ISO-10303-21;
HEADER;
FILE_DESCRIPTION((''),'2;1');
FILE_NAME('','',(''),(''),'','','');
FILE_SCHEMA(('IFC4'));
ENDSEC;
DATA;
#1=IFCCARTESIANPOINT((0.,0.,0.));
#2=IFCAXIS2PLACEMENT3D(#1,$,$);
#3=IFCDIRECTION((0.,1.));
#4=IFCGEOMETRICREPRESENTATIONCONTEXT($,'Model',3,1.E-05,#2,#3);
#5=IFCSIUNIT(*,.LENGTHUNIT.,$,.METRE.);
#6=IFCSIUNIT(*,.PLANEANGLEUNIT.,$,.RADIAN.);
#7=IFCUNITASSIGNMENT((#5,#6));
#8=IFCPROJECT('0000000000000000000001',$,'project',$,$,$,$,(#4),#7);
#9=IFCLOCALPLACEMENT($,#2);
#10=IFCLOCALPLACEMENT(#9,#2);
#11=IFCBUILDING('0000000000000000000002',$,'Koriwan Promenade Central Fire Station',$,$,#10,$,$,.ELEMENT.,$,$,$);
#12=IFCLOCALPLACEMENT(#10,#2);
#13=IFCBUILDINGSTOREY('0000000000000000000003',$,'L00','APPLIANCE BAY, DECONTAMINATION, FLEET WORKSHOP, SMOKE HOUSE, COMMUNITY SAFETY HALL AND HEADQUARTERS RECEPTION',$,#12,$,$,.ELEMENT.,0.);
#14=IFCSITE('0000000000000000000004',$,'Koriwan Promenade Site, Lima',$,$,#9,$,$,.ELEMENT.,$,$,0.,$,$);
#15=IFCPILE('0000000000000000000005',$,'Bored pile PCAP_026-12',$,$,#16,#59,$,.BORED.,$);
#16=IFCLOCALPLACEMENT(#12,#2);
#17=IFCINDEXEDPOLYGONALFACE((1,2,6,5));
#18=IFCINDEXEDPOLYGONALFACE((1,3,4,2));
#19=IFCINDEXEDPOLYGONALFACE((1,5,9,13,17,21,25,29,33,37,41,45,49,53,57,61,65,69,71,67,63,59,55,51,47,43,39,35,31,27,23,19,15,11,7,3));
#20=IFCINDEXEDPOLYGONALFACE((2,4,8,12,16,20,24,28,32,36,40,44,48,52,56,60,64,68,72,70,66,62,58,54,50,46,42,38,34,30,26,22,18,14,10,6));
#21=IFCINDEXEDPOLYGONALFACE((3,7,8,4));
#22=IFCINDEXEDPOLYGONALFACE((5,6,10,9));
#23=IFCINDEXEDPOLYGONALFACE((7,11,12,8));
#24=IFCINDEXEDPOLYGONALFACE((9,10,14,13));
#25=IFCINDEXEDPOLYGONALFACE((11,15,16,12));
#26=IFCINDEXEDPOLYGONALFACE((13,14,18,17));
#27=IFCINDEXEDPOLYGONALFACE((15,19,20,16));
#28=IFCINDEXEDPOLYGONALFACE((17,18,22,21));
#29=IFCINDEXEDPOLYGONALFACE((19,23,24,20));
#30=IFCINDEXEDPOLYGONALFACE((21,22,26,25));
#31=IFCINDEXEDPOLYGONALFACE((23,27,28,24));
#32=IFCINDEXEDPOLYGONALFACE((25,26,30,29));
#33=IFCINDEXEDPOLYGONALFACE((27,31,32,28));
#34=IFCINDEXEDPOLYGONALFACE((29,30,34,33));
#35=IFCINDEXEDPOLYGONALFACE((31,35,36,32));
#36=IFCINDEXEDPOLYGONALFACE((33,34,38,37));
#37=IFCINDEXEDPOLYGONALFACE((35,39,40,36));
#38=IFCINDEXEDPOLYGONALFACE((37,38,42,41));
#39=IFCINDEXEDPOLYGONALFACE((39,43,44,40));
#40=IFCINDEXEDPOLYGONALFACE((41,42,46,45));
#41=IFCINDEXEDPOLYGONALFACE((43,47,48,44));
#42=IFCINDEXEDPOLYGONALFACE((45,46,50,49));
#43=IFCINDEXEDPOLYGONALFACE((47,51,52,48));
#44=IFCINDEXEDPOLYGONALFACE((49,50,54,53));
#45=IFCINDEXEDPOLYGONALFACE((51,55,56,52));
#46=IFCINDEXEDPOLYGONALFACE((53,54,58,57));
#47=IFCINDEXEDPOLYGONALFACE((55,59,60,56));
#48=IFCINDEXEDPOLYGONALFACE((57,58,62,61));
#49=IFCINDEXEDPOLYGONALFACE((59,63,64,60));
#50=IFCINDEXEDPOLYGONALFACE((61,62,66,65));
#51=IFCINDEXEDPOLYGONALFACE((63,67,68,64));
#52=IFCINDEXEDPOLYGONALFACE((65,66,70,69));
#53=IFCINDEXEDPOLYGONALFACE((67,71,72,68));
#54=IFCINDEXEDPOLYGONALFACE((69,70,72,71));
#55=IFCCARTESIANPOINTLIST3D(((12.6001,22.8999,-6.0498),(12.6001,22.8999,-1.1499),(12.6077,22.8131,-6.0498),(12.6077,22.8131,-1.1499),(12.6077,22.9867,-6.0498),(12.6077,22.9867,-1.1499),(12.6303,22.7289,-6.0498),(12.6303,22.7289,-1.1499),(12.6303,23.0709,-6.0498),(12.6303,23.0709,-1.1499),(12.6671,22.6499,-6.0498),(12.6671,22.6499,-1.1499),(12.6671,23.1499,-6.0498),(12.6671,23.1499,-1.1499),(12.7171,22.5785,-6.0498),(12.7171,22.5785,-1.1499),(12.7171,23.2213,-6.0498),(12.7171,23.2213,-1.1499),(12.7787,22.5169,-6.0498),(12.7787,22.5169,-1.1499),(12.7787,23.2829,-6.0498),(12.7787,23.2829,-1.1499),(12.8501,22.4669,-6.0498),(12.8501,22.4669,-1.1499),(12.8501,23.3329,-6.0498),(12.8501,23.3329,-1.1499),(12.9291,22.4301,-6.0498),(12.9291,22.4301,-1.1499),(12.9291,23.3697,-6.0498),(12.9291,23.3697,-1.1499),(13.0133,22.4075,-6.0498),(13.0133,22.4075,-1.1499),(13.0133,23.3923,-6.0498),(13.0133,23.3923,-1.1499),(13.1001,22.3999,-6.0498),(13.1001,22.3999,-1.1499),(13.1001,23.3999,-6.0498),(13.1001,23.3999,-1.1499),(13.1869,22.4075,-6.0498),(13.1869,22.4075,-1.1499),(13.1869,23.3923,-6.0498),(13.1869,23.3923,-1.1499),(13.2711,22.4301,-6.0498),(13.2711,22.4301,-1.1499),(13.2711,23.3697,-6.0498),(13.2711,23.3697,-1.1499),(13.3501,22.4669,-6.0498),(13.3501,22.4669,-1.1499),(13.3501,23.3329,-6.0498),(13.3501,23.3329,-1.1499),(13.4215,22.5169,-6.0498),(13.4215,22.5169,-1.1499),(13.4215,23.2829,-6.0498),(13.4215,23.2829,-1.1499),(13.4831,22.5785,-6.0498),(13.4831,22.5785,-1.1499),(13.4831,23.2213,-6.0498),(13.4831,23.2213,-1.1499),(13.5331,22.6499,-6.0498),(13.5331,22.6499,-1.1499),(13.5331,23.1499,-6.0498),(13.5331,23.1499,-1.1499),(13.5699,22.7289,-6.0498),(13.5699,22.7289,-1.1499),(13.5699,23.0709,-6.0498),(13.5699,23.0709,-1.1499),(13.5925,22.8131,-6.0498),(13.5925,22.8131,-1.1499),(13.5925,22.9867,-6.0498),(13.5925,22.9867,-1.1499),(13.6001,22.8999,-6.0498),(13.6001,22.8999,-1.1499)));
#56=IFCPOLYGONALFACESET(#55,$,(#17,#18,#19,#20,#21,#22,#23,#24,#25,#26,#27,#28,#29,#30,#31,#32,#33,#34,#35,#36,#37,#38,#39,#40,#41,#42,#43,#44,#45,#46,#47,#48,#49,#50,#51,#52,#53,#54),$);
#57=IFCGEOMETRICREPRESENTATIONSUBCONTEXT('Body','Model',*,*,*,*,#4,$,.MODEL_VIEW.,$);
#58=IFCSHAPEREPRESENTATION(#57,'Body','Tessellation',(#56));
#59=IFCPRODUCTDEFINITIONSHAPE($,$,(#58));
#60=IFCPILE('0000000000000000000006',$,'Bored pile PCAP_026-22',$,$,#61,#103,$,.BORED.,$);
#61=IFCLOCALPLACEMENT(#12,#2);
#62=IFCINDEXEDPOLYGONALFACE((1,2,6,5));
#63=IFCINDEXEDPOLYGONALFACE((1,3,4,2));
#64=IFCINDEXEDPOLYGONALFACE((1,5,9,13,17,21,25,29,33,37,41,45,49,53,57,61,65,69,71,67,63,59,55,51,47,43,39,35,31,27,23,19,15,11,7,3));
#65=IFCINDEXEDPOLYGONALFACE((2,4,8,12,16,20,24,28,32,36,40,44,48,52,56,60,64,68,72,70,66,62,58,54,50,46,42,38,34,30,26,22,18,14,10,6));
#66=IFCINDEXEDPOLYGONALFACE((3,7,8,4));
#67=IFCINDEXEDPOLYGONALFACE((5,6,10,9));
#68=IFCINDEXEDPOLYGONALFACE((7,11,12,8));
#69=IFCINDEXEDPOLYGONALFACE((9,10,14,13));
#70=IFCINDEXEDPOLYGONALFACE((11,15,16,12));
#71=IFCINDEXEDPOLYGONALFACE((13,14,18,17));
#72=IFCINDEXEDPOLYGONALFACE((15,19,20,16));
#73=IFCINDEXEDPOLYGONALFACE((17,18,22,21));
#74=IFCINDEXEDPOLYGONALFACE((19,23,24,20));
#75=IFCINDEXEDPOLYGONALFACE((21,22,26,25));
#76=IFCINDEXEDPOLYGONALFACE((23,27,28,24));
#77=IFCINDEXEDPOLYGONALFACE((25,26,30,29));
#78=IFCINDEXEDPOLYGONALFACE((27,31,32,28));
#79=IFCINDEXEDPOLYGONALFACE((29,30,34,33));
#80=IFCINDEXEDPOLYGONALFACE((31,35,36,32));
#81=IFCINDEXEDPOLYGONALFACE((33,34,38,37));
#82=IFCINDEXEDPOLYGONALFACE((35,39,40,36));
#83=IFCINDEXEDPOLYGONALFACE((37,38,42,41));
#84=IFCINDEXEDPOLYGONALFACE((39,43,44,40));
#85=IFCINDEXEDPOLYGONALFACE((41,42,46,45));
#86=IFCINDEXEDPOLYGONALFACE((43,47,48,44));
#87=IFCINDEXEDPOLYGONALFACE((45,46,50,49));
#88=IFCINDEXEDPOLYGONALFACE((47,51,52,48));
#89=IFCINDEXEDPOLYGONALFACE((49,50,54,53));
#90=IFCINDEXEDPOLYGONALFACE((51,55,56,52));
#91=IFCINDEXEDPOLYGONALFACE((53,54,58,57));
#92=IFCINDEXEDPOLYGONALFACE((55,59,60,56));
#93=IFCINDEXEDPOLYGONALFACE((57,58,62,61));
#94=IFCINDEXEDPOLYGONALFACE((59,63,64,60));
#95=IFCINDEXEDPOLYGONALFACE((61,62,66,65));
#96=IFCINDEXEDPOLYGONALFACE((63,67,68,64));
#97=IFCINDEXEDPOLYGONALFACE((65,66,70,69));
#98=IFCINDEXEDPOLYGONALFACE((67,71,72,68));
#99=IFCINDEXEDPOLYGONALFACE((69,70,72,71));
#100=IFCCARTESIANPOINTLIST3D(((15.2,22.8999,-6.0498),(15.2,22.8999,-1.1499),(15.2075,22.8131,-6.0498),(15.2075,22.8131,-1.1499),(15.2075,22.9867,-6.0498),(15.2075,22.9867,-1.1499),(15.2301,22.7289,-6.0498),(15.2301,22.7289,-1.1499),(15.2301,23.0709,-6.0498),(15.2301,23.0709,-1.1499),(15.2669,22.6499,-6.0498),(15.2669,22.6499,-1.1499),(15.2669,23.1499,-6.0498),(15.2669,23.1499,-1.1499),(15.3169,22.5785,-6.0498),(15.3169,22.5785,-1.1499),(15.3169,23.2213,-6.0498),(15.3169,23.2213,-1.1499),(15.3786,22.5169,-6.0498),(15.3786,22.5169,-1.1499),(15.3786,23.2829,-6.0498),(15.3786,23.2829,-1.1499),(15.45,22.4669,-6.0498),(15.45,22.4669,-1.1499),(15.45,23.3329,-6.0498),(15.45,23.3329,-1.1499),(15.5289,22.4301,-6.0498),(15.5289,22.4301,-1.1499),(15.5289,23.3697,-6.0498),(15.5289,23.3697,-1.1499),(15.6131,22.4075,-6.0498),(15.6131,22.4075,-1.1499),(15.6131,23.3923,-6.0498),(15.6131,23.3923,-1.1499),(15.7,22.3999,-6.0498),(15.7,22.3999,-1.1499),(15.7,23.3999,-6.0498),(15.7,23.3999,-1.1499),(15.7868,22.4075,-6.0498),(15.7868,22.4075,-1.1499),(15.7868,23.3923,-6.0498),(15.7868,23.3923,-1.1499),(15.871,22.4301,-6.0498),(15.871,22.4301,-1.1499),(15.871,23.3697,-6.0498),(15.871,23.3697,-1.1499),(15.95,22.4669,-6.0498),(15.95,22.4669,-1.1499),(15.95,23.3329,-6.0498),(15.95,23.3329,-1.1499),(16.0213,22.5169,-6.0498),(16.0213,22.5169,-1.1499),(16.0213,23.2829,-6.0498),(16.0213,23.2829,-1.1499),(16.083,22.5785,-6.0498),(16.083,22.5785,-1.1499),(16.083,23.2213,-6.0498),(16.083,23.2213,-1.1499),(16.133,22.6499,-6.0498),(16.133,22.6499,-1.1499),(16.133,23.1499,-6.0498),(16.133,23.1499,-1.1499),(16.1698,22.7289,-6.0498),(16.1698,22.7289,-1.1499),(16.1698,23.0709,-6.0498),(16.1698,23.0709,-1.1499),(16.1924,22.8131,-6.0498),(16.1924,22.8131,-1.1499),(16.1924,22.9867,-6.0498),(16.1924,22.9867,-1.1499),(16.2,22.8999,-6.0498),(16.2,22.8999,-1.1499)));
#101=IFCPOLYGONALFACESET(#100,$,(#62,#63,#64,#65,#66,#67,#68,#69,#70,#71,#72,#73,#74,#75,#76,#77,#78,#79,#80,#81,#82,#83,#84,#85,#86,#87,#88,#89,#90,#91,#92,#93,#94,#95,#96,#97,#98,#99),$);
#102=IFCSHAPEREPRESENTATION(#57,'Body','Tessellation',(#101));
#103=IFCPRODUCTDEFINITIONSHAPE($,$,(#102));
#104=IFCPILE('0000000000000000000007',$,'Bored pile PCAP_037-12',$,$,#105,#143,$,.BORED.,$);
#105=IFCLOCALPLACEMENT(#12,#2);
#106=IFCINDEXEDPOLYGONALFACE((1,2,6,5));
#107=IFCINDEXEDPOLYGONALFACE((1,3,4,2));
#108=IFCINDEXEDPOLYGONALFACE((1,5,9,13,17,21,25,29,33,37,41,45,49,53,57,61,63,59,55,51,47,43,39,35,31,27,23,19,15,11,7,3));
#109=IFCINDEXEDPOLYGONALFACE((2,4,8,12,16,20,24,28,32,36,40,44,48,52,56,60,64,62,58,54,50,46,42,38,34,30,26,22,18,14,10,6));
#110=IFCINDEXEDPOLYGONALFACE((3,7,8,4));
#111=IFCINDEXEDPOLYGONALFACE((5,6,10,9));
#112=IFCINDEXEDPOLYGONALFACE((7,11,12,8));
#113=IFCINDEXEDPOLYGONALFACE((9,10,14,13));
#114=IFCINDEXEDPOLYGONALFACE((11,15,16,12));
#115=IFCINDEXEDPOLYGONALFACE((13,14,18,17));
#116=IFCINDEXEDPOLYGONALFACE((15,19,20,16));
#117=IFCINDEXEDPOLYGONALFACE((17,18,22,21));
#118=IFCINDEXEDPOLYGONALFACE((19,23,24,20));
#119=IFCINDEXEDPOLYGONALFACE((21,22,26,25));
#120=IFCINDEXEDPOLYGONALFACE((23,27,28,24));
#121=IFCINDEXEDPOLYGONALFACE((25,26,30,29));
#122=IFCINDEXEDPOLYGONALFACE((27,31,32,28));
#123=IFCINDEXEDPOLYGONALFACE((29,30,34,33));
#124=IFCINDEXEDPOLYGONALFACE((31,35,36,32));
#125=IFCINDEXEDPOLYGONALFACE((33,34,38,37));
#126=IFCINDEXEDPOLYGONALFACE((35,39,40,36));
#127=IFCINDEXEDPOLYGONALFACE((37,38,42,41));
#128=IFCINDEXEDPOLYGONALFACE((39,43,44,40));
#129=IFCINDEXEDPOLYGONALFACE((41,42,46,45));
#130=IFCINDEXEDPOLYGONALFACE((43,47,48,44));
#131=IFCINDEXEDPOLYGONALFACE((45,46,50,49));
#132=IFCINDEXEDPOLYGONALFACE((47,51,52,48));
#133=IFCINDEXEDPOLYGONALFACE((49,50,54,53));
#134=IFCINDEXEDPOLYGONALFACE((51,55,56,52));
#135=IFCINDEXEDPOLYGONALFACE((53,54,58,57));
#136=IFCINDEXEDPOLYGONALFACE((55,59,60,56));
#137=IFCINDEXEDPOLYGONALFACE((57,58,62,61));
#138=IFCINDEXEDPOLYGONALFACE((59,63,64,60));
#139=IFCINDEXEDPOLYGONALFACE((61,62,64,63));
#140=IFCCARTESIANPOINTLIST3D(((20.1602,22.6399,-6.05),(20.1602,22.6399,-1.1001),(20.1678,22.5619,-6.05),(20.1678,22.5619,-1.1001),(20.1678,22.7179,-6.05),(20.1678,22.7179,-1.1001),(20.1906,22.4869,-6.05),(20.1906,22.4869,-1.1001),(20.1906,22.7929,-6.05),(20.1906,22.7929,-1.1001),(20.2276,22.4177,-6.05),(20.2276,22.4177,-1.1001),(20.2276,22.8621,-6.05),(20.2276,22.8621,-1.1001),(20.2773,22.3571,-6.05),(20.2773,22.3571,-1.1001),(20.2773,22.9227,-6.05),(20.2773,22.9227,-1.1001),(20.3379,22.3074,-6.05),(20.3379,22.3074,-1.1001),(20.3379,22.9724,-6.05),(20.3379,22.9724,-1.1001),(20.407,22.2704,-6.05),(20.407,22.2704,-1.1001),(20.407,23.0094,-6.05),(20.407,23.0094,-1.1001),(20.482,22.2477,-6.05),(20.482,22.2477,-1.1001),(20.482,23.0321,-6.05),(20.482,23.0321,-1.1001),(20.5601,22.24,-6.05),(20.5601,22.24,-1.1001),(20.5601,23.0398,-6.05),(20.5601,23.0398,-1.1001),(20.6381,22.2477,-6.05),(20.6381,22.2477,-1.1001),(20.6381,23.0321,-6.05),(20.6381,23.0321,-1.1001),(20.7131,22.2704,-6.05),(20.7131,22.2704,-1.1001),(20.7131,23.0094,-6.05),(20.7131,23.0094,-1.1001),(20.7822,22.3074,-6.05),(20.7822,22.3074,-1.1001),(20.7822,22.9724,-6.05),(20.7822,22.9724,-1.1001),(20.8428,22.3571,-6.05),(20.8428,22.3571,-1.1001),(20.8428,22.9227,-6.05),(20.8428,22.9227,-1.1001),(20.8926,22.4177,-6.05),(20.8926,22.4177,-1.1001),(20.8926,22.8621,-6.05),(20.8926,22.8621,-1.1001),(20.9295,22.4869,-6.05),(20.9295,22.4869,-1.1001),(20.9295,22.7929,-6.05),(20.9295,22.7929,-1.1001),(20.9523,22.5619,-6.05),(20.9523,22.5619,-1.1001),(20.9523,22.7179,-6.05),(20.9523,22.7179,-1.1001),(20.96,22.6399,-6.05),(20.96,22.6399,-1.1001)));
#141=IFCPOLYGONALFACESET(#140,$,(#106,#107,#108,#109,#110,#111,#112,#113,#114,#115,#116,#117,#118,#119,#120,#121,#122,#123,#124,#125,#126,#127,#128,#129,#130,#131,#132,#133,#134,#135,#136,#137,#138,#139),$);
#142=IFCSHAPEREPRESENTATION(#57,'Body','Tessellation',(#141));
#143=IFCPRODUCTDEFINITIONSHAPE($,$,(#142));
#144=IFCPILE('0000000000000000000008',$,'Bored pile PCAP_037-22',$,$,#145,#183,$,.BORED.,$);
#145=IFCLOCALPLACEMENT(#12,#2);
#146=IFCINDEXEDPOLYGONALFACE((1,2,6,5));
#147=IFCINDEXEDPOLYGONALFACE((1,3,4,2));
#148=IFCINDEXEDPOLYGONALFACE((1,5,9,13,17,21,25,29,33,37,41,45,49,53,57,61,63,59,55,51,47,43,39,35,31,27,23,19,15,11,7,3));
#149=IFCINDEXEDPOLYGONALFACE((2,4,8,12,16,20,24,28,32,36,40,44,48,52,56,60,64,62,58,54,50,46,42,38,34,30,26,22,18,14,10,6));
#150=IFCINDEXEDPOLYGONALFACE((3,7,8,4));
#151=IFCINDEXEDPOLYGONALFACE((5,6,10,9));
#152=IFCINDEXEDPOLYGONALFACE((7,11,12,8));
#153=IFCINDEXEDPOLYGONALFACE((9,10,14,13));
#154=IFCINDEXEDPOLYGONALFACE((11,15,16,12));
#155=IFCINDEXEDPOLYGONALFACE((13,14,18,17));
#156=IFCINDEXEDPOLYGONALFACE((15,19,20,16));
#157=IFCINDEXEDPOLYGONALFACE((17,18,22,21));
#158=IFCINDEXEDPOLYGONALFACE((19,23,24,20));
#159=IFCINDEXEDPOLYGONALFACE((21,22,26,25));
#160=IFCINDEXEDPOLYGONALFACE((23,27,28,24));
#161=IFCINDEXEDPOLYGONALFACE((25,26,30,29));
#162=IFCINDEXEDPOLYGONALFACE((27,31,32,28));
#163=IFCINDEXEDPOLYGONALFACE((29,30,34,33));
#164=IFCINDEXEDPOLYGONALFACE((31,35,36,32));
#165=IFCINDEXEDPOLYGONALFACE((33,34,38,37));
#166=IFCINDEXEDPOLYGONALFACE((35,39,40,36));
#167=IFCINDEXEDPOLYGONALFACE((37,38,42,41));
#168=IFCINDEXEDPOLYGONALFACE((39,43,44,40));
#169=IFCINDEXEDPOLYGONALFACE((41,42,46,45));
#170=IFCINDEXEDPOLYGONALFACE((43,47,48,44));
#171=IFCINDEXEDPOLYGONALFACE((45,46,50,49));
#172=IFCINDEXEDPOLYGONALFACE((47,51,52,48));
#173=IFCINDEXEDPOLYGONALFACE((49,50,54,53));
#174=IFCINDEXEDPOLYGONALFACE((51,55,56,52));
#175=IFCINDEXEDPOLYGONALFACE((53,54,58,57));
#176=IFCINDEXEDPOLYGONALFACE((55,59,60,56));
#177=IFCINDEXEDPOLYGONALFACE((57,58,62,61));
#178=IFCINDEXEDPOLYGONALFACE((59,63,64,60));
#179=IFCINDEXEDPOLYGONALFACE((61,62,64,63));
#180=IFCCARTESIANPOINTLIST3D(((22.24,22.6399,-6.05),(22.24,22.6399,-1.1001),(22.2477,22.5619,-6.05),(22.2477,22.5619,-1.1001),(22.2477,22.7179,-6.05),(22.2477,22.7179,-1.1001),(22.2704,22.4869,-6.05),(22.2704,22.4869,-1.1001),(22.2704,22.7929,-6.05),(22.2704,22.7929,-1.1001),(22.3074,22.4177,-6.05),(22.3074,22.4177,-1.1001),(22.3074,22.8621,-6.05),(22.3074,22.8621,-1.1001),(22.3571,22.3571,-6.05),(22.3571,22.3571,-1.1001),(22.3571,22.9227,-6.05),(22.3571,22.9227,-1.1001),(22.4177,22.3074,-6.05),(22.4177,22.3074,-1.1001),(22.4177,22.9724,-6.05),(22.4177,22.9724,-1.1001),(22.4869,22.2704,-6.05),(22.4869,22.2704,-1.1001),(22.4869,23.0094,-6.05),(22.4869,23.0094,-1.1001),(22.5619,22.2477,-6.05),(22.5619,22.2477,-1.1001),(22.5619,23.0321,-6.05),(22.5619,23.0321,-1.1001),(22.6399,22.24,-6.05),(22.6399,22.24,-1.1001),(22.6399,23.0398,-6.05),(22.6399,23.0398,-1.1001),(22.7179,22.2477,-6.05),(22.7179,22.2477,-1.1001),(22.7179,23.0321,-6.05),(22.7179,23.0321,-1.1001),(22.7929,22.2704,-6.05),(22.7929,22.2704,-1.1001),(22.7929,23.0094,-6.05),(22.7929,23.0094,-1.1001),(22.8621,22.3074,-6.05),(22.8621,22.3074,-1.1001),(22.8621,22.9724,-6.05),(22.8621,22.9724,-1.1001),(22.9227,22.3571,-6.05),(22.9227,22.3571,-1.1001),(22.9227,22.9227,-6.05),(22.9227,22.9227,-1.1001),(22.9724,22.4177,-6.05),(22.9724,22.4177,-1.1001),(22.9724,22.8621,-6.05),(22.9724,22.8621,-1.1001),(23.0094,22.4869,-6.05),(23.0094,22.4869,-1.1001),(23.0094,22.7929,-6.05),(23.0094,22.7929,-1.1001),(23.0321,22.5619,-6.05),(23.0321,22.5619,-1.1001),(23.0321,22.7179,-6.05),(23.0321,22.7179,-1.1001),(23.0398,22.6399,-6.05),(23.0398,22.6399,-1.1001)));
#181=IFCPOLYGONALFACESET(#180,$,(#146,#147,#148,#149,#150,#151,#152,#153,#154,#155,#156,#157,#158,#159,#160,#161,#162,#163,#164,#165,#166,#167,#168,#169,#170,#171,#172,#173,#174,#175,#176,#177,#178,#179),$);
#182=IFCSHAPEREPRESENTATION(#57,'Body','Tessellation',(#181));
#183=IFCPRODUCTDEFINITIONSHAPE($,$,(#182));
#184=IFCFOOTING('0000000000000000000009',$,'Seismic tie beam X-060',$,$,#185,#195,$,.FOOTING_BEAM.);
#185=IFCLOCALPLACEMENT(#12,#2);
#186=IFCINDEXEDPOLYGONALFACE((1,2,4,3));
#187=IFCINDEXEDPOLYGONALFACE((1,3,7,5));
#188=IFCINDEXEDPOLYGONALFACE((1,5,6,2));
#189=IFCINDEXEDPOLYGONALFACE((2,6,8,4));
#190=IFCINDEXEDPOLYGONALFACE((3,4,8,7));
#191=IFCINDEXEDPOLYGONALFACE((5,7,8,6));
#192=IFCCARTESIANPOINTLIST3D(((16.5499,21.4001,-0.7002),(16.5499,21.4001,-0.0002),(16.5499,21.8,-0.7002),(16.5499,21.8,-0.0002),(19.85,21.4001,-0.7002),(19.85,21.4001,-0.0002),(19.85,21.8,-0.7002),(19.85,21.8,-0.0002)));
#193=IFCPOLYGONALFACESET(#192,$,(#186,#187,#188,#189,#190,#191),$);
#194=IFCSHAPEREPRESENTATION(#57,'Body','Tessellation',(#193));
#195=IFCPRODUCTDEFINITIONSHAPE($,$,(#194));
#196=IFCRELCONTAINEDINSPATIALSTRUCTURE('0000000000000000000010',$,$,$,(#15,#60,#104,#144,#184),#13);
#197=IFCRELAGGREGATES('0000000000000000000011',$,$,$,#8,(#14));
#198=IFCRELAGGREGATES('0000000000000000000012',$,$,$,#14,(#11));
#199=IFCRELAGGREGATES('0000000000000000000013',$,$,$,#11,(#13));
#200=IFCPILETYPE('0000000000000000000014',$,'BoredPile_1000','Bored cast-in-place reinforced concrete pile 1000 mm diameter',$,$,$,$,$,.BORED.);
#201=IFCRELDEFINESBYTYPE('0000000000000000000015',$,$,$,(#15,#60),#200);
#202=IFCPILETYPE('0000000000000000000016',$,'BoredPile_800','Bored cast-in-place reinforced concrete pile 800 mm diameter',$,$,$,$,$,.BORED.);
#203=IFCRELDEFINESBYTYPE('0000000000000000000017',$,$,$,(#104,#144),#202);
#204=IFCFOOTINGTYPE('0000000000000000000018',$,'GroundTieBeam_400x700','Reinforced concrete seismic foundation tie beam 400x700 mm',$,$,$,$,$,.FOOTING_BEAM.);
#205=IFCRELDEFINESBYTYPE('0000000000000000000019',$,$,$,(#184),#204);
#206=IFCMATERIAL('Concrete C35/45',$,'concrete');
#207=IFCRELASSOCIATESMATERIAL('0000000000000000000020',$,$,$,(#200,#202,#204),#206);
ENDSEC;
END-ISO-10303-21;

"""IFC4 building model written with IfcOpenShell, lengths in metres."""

from ifc_helpers import new_model, si_unit, direction, frame, origin, origin_2d, place, context, subcontext, project, spatial, rectangle, circle, extrude, material, material_profile, profile_set, type_object, element, save


model = new_model("IFC4")

# Units and contexts
model_context = context("Model", 3, precision=1e-05, world=origin(), true_north=direction((0.0, 1.0)))
body_context = subcontext(model_context, "Body", "Model", "MODEL_VIEW")
ifc_project = project(units=[si_unit("LENGTHUNIT", "METRE"), si_unit("PLANEANGLEUNIT", "RADIAN")], contexts=[model_context])

# Site, building, storey
site_placement = place(None, origin())
site = spatial("IfcSite", under=ifc_project, at=site_placement, Name="Koriwan Promenade Site, Lima", CompositionType="ELEMENT", RefElevation=0.0)
building_placement = place(site_placement, origin())
building = spatial("IfcBuilding", under=site, at=building_placement, Name="Koriwan Promenade Central Fire Station", CompositionType="ELEMENT")
storey_placement = place(building_placement, origin())
storey = spatial("IfcBuildingStorey", under=building, at=storey_placement, Name="L00", Description="APPLIANCE BAY, DECONTAMINATION, FLEET WORKSHOP, SMOKE HOUSE, COMMUNITY SAFETY HALL AND HEADQUARTERS RECEPTION", CompositionType="ELEMENT", Elevation=0.0)

# Piles
ifc_material_1 = material(Name="Concrete C35/45", Category="concrete")
ifc_material_profile_1 = material_profile(ifc_material_1, circle(Radius=0.5, at=origin_2d()), Name="PILE-D1000")
ifc_profile_set_1 = profile_set([ifc_material_profile_1], Name="Concrete C35/45")
pile_type_1 = type_object("IfcPileType", Name="BoredPile_1000", Description="Bored cast-in-place reinforced concrete pile 1000 mm diameter", PredefinedType="BORED", material=ifc_profile_set_1)
for number, where, z_axis, x_axis, name in (
    (1, (13.1001, 22.8999, -1.1499), (0.0, 0.0, -1.0), (1.0, 0.0, 0.0), "Bored pile PCAP_026-12"),
    (2, (15.7, 22.8999, -1.1499), (0.0, 0.0, -1.0), (1.0, 0.0, 0.0), "Bored pile PCAP_026-22"),
):
    element("IfcPile", number, at=place(storey_placement, frame(where, z_axis=z_axis, x_axis=x_axis)), inside=storey, type_object=pile_type_1, Name=name, PredefinedType="BORED", context=body_context, shape_type="SweptSolid", body=[
        extrude(circle(Radius=0.5, at=origin_2d()), origin(), (0.0, 0.0, 1.0), 4.8999),
    ])
ifc_material_profile_2 = material_profile(ifc_material_1, circle(Radius=0.3999, at=origin_2d()), Name="PILE-D800")
ifc_profile_set_2 = profile_set([ifc_material_profile_2], Name="Concrete C35/45")
pile_type_2 = type_object("IfcPileType", Name="BoredPile_800", Description="Bored cast-in-place reinforced concrete pile 800 mm diameter", PredefinedType="BORED", material=ifc_profile_set_2)
for number, where, z_axis, x_axis, name in (
    (3, (20.5601, 22.6399, -1.1001), (0.0, 0.0, -1.0), (1.0, 0.0, 0.0), "Bored pile PCAP_037-12"),
    (4, (22.6399, 22.6399, -1.1001), (0.0, 0.0, -1.0), (1.0, 0.0, 0.0), "Bored pile PCAP_037-22"),
):
    element("IfcPile", number, at=place(storey_placement, frame(where, z_axis=z_axis, x_axis=x_axis)), inside=storey, type_object=pile_type_2, Name=name, PredefinedType="BORED", context=body_context, shape_type="SweptSolid", body=[
        extrude(circle(Radius=0.3999, at=origin_2d()), origin(), (0.0, 0.0, 1.0), 4.95),
    ])

# Footing
footing_type_1 = type_object("IfcFootingType", Name="GroundTieBeam_400x700", Description="Reinforced concrete seismic foundation tie beam 400x700 mm", PredefinedType="FOOTING_BEAM", material=ifc_material_1)
footing_1_placement = place(storey_placement, frame((18.2, 21.6001, -0.7002), z_axis=(0.0, 0.0, 1.0), x_axis=(1.0, 0.0, 0.0)))
element("IfcFooting", 5, at=footing_1_placement, inside=storey, type_object=footing_type_1, Name="Seismic tie beam X-060", PredefinedType="FOOTING_BEAM", context=body_context, shape_type="SweptSolid", body=[
    extrude(rectangle(XDim=3.3, YDim=0.3999, at=origin_2d()), origin(), (0.0, 0.0, 1.0), 0.7),
])

save(model, "model.ifc")
